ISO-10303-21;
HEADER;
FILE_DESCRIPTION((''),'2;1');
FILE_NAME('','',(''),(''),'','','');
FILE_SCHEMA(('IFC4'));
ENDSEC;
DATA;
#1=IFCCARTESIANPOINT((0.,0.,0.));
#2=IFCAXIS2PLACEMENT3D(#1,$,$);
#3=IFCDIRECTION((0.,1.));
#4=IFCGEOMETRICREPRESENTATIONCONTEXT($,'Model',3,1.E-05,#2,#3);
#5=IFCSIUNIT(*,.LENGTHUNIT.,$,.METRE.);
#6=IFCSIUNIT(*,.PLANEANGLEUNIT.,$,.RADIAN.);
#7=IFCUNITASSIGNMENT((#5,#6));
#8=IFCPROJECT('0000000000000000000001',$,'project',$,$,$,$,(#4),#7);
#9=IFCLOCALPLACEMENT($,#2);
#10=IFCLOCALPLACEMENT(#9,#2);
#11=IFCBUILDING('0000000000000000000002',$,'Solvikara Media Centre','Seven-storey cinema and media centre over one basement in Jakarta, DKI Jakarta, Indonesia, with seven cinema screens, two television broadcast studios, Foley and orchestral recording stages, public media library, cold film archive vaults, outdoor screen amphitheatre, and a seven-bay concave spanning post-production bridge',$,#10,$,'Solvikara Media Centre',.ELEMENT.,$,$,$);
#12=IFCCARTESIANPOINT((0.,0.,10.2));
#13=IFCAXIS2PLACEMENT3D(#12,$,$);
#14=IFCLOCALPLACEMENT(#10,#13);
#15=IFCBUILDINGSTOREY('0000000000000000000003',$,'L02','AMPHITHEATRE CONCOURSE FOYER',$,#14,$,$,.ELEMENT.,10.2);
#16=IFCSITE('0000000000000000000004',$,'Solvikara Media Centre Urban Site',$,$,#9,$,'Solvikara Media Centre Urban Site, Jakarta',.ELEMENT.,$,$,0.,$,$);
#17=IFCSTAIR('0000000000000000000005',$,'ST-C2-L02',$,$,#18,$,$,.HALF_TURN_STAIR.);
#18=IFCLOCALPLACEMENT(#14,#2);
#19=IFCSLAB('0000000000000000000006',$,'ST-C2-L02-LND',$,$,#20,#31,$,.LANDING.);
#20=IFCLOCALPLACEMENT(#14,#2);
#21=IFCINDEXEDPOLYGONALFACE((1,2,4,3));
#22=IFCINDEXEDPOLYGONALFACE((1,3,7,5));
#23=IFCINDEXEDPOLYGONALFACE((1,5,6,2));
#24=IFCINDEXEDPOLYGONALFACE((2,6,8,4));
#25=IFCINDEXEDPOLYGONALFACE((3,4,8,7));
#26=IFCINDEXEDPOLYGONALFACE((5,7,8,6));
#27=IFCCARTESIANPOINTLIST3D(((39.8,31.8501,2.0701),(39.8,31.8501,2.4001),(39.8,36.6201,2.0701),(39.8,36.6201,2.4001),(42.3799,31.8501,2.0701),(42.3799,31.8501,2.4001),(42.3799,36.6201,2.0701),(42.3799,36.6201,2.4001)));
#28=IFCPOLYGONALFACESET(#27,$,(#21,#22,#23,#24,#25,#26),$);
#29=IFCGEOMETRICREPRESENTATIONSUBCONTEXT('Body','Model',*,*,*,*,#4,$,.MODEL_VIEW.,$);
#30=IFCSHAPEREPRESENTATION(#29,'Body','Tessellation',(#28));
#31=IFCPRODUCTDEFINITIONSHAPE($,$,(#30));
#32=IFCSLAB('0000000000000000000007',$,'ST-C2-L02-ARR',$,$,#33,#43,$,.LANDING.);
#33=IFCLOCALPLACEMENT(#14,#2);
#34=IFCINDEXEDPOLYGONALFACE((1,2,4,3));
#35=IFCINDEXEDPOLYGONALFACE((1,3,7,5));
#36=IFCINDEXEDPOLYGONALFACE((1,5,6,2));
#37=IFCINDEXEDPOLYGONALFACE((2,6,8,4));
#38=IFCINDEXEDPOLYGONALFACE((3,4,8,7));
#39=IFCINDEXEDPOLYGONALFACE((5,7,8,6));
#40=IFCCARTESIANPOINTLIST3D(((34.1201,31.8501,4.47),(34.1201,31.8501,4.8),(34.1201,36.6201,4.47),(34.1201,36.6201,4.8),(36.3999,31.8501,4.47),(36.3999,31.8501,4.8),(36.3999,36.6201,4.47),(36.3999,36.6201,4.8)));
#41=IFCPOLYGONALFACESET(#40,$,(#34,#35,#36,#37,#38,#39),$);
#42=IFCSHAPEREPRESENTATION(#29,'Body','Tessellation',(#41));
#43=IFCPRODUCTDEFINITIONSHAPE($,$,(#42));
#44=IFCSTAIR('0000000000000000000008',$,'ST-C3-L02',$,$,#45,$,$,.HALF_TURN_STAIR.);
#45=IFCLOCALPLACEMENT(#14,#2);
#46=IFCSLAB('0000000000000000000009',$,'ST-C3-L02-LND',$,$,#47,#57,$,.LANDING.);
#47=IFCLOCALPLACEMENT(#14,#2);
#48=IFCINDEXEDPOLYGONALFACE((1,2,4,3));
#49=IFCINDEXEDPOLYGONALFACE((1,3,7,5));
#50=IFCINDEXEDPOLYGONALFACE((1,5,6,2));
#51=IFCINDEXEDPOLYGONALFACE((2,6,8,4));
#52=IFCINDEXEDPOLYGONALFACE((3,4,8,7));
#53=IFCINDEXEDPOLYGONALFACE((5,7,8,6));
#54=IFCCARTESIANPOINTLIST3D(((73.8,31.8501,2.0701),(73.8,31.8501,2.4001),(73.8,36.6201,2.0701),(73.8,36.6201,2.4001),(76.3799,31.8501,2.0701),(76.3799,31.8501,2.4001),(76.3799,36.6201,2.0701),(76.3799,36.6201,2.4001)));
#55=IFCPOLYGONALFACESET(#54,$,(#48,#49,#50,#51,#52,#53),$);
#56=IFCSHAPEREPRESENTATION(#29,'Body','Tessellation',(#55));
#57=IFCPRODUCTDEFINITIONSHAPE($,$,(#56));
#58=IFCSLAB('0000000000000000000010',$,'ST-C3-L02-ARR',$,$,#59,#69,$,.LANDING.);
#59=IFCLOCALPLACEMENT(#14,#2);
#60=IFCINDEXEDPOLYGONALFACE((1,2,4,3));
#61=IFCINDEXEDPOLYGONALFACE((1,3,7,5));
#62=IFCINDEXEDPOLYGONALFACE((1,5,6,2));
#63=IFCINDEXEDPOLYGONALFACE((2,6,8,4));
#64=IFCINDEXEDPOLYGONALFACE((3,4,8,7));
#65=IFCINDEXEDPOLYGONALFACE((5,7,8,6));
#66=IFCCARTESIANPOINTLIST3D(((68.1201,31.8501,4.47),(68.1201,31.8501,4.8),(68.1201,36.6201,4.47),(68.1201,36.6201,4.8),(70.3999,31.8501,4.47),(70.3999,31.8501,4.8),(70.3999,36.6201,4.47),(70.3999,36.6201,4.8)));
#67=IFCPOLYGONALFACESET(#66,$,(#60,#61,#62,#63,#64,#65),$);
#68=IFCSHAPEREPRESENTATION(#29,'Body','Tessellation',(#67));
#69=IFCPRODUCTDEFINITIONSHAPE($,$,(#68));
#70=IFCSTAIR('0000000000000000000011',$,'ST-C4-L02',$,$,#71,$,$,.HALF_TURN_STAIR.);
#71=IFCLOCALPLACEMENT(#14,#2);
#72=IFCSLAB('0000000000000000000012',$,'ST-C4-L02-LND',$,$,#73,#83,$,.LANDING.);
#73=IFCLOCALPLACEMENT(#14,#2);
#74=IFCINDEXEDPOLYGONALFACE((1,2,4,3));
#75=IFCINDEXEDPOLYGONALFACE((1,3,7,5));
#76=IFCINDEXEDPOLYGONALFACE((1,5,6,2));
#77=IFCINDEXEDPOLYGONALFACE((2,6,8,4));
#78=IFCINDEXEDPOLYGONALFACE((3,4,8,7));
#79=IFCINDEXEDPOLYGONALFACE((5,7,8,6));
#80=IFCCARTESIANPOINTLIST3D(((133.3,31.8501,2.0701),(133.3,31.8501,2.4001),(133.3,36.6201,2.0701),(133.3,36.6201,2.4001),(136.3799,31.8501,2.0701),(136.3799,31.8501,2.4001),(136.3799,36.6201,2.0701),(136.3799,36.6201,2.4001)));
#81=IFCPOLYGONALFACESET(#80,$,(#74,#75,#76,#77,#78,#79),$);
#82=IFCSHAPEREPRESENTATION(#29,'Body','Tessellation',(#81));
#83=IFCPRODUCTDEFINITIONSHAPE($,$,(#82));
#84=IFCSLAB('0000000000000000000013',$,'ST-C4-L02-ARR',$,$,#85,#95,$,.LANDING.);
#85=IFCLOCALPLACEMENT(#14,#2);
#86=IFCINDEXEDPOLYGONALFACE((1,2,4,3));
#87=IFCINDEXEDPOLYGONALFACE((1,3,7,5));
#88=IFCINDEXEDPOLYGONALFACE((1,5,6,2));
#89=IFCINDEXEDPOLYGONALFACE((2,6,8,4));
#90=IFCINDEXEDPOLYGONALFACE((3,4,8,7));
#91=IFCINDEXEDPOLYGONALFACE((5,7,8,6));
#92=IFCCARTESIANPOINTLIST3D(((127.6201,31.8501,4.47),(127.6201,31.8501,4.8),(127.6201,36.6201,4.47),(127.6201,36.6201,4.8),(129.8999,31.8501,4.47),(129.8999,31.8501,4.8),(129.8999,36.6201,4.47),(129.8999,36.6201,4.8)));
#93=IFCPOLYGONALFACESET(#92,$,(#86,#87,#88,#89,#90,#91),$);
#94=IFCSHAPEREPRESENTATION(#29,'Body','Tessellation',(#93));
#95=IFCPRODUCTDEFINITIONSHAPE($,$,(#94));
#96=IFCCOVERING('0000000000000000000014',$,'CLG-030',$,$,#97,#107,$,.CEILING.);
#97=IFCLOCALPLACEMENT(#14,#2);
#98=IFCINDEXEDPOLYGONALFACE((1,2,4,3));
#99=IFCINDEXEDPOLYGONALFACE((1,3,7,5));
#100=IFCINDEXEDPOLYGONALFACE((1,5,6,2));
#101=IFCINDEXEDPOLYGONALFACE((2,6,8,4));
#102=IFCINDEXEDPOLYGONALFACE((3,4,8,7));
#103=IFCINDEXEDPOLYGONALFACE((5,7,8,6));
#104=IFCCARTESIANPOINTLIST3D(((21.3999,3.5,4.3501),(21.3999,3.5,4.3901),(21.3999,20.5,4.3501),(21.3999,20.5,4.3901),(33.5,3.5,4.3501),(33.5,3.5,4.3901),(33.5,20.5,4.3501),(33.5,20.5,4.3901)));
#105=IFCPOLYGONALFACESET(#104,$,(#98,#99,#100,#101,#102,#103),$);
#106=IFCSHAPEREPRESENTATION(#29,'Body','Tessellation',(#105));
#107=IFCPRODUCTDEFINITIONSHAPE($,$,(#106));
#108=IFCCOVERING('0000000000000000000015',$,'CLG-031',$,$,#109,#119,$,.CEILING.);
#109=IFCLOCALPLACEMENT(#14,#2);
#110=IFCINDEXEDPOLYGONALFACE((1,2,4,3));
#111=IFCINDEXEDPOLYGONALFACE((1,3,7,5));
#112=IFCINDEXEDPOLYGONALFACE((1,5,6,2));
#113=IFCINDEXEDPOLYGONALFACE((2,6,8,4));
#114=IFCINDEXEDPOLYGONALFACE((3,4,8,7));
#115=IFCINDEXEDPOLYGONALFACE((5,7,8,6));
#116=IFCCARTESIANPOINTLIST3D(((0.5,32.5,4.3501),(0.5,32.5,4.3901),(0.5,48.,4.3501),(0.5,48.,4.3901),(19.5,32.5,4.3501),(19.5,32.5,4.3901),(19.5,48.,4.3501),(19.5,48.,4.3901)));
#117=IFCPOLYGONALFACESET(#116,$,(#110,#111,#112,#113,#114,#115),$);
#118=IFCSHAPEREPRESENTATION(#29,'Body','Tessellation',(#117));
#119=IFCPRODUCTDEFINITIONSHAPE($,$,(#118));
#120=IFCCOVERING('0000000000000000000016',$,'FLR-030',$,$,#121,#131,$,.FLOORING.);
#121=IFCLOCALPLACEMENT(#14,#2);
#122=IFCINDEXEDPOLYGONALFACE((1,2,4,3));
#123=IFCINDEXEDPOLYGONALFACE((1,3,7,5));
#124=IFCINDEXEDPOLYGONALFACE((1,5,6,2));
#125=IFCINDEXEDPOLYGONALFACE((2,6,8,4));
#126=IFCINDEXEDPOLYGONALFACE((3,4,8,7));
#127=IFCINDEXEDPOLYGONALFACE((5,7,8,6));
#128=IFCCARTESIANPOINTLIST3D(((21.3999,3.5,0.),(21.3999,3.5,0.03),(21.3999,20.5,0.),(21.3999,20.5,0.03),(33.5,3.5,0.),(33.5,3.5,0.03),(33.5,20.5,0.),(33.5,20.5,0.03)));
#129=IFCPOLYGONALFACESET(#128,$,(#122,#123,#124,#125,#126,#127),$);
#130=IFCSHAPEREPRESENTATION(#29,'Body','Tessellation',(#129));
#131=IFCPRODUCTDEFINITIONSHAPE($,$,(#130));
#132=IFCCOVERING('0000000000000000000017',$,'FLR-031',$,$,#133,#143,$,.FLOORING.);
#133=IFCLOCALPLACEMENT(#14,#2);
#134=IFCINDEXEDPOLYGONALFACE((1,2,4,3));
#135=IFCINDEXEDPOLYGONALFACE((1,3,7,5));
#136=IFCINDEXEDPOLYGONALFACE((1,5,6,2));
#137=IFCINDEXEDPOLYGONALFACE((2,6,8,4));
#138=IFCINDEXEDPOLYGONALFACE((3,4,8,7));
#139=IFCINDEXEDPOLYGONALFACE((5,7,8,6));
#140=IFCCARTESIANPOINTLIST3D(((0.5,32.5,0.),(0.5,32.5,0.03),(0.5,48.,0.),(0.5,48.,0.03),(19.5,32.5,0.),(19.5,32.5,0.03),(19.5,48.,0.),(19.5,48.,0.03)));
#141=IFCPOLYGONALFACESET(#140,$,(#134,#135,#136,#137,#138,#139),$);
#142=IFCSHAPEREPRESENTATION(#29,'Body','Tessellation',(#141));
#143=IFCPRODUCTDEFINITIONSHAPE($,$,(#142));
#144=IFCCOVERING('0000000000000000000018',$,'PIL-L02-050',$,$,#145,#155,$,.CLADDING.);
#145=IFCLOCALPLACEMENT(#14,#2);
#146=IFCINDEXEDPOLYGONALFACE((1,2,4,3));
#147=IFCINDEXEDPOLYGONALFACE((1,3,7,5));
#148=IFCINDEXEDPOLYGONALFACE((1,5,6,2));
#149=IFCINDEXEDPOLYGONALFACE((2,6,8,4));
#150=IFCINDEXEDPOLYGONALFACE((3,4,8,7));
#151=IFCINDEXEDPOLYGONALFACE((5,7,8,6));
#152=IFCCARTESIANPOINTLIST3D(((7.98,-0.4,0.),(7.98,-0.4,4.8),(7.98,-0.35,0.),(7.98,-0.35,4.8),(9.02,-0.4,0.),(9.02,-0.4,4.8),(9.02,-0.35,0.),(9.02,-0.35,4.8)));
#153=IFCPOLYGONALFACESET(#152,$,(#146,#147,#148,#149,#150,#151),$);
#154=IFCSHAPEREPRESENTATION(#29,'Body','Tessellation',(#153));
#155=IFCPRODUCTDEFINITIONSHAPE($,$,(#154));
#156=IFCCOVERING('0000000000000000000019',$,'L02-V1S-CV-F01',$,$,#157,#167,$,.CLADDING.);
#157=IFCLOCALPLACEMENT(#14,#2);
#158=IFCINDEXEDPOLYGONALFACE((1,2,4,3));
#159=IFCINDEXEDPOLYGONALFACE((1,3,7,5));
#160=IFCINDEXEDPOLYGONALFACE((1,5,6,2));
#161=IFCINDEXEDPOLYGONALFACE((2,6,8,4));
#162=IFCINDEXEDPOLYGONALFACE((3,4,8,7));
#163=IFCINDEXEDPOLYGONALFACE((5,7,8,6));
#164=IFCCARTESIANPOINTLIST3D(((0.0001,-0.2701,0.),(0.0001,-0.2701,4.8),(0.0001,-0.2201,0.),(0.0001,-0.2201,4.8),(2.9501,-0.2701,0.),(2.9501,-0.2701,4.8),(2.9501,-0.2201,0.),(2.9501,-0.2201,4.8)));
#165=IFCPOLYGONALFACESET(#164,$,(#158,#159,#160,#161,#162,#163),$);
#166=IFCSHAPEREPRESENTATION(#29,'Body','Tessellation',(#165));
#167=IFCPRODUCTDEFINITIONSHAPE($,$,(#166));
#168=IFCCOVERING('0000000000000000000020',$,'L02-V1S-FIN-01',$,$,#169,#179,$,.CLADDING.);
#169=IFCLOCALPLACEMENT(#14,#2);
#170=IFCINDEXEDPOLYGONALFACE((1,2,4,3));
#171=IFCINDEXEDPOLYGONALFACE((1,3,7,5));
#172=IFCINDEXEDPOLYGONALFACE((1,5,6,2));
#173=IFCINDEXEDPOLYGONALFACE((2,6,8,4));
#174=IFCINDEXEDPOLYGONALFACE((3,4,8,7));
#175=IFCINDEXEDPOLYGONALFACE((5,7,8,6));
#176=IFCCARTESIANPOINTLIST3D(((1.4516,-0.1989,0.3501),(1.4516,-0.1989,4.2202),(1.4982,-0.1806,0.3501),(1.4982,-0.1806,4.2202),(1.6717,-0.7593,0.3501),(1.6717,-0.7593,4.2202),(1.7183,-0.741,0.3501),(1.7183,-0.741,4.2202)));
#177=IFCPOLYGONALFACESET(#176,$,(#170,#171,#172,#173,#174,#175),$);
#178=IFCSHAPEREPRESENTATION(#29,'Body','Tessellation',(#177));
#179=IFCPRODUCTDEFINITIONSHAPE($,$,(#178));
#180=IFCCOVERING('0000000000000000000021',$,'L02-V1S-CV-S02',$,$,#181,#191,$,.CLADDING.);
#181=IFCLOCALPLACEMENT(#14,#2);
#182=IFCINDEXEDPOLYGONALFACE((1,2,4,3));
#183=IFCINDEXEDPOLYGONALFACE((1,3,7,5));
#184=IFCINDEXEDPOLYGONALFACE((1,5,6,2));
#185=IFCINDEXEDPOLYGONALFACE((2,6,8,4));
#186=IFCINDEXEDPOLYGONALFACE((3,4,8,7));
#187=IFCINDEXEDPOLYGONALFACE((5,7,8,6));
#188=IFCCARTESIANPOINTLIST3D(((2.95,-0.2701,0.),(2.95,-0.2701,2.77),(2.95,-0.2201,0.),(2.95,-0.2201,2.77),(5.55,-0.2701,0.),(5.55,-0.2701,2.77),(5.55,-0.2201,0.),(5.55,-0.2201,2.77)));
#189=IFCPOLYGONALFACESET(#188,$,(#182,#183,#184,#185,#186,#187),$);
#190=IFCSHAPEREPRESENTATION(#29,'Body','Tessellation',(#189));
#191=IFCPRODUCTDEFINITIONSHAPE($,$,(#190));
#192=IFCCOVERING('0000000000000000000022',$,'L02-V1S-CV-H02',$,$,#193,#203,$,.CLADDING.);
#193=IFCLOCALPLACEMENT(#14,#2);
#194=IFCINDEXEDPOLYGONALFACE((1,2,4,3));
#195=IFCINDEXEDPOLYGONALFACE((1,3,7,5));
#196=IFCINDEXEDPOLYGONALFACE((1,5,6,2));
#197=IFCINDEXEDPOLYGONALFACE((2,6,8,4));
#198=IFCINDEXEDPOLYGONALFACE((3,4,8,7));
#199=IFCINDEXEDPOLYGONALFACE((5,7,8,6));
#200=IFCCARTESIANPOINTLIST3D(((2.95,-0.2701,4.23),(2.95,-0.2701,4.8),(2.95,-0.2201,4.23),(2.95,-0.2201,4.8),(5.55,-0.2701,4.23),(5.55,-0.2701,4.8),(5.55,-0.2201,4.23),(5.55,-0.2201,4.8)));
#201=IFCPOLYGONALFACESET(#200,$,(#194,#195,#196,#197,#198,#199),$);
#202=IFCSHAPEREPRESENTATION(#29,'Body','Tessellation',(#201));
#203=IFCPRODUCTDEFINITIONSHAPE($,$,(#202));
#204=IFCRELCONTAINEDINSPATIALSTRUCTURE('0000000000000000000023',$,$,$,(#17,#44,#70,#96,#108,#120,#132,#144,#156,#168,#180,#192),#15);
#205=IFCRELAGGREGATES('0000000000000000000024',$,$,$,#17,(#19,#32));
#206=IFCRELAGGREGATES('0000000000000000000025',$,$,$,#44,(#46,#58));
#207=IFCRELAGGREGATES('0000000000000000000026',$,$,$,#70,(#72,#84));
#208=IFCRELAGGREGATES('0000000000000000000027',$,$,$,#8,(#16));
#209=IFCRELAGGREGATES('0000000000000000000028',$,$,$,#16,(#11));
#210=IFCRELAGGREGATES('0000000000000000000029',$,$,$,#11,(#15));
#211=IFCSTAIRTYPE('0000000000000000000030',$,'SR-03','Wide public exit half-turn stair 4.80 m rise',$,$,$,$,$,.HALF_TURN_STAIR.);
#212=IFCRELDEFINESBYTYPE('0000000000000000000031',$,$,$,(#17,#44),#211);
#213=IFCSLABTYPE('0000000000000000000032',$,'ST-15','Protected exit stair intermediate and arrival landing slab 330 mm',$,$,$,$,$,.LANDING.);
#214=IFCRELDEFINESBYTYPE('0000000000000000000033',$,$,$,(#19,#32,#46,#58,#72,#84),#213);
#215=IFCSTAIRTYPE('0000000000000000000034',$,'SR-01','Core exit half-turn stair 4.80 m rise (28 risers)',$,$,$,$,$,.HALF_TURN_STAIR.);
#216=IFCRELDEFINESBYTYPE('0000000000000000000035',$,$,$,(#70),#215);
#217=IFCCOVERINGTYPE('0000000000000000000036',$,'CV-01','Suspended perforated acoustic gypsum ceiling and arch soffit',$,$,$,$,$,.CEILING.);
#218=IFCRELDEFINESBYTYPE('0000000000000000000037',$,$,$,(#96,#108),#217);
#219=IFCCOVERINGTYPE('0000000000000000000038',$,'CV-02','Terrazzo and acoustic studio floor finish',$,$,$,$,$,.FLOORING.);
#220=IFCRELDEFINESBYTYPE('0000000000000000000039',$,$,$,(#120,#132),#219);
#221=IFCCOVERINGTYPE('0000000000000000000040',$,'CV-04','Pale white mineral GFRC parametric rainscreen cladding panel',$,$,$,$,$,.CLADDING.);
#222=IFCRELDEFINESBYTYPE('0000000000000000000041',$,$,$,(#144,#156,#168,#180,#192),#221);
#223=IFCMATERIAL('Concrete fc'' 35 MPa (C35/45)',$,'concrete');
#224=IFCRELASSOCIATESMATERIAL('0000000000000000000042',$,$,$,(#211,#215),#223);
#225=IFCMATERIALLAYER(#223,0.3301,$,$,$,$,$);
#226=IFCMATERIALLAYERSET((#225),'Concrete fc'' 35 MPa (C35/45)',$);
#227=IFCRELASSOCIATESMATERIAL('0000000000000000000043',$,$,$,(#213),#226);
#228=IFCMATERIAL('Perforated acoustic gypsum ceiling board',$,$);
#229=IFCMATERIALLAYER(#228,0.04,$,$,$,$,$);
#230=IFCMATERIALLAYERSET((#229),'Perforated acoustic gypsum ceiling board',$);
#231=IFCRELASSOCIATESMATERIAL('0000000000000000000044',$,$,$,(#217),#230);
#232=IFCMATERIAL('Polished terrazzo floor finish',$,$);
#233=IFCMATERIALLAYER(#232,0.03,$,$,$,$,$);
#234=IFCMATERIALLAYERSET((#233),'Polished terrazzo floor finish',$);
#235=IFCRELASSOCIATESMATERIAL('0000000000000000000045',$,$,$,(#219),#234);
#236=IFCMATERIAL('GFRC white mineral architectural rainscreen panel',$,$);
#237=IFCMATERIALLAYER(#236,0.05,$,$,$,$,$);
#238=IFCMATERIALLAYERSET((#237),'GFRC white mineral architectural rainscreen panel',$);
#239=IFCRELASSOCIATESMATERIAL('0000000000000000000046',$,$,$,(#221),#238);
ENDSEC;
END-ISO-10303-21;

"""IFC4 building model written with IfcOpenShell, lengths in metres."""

from ifc_helpers import new_model, si_unit, direction, frame, origin, origin_2d, place, context, subcontext, project, spatial, polyline, rectangle, outline, extrude, material, layer, layer_set, type_object, element, aggregate, save


model = new_model("IFC4")

# Units and contexts
model_context = context("Model", 3, precision=1e-05, world=origin(), true_north=direction((0.0, 1.0)))
body_context = subcontext(model_context, "Body", "Model", "MODEL_VIEW")
ifc_project = project(units=[si_unit("LENGTHUNIT", "METRE"), si_unit("PLANEANGLEUNIT", "RADIAN")], contexts=[model_context])

# Site, building, storey
site_placement = place(None, origin())
site = spatial("IfcSite", under=ifc_project, at=site_placement, Name="Solvikara Media Centre Urban Site", LongName="Solvikara Media Centre Urban Site, Jakarta", CompositionType="ELEMENT", RefElevation=0.0)
building_placement = place(site_placement, origin())
building = spatial("IfcBuilding", under=site, at=building_placement, Name="Solvikara Media Centre", Description="Seven-storey cinema and media centre over one basement in Jakarta, DKI Jakarta, Indonesia, with seven cinema screens, two television broadcast studios, Foley and orchestral recording stages, public media library, cold film archive vaults, outdoor screen amphitheatre, and a seven-bay concave spanning post-production bridge", LongName="Solvikara Media Centre", CompositionType="ELEMENT")
storey_placement = place(building_placement, frame((0.0, 0.0, 10.2)))
storey = spatial("IfcBuildingStorey", under=building, at=storey_placement, Name="L02", Description="AMPHITHEATRE CONCOURSE FOYER", CompositionType="ELEMENT", Elevation=10.2)

# Stairs, slabs
ifc_material_1 = material(Name="Concrete fc' 35 MPa (C35/45)", Category="concrete")
stair_type_1 = type_object("IfcStairType", Name="SR-03", Description="Wide public exit half-turn stair 4.80 m rise", PredefinedType="HALF_TURN_STAIR", material=ifc_material_1)
stair_1_placement = place(storey_placement, origin())
stair_1 = element("IfcStair", 1, at=stair_1_placement, inside=storey, type_object=stair_type_1, Name="ST-C2-L02", PredefinedType="HALF_TURN_STAIR")
ifc_layer_1 = layer(ifc_material_1, 0.3301)
ifc_layer_set_1 = layer_set([ifc_layer_1], Name="Concrete fc' 35 MPa (C35/45)")
slab_type = type_object("IfcSlabType", Name="ST-15", Description="Protected exit stair intermediate and arrival landing slab 330 mm", PredefinedType="LANDING", material=ifc_layer_set_1)
slab_1_placement = place(storey_placement, frame((0.0, 0.0, 2.0701)))
slab_1 = element("IfcSlab", 2, at=slab_1_placement, type_object=slab_type, Name="ST-C2-L02-LND", PredefinedType="LANDING", context=body_context, shape_type="SweptSolid", body=[
    extrude(outline(polyline([(39.8, 31.8501), (42.3799, 31.8501), (42.3799, 36.6201), (39.8, 36.6201), (39.8, 31.8501)])), origin(), (0.0, 0.0, 1.0), 0.3301),
])
slab_2_placement = place(storey_placement, frame((0.0, 0.0, 4.47)))
slab_2 = element("IfcSlab", 3, at=slab_2_placement, type_object=slab_type, Name="ST-C2-L02-ARR", PredefinedType="LANDING", context=body_context, shape_type="SweptSolid", body=[
    extrude(outline(polyline([(34.1201, 31.8501), (36.3999, 31.8501), (36.3999, 36.6201), (34.1201, 36.6201), (34.1201, 31.8501)])), origin(), (0.0, 0.0, 1.0), 0.3301),
])
aggregate(stair_1, [slab_1, slab_2])
stair_2_placement = place(storey_placement, origin())
stair_2 = element("IfcStair", 4, at=stair_2_placement, inside=storey, type_object=stair_type_1, Name="ST-C3-L02", PredefinedType="HALF_TURN_STAIR")
slab_3_placement = place(storey_placement, frame((0.0, 0.0, 2.0701)))
slab_3 = element("IfcSlab", 5, at=slab_3_placement, type_object=slab_type, Name="ST-C3-L02-LND", PredefinedType="LANDING", context=body_context, shape_type="SweptSolid", body=[
    extrude(outline(polyline([(73.8, 31.8501), (76.3799, 31.8501), (76.3799, 36.6201), (73.8, 36.6201), (73.8, 31.8501)])), origin(), (0.0, 0.0, 1.0), 0.3301),
])
slab_4_placement = place(storey_placement, frame((0.0, 0.0, 4.47)))
slab_4 = element("IfcSlab", 6, at=slab_4_placement, type_object=slab_type, Name="ST-C3-L02-ARR", PredefinedType="LANDING", context=body_context, shape_type="SweptSolid", body=[
    extrude(outline(polyline([(68.1201, 31.8501), (70.3999, 31.8501), (70.3999, 36.6201), (68.1201, 36.6201), (68.1201, 31.8501)])), origin(), (0.0, 0.0, 1.0), 0.3301),
])
aggregate(stair_2, [slab_3, slab_4])
stair_type_2 = type_object("IfcStairType", Name="SR-01", Description="Core exit half-turn stair 4.80 m rise (28 risers)", PredefinedType="HALF_TURN_STAIR", material=ifc_material_1)
stair_3_placement = place(storey_placement, origin())
stair_3 = element("IfcStair", 7, at=stair_3_placement, inside=storey, type_object=stair_type_2, Name="ST-C4-L02", PredefinedType="HALF_TURN_STAIR")
slab_5_placement = place(storey_placement, frame((0.0, 0.0, 2.0701)))
slab_5 = element("IfcSlab", 8, at=slab_5_placement, type_object=slab_type, Name="ST-C4-L02-LND", PredefinedType="LANDING", context=body_context, shape_type="SweptSolid", body=[
    extrude(outline(polyline([(133.3, 31.8501), (136.3799, 31.8501), (136.3799, 36.6201), (133.3, 36.6201), (133.3, 31.8501)])), origin(), (0.0, 0.0, 1.0), 0.3301),
])
slab_6_placement = place(storey_placement, frame((0.0, 0.0, 4.47)))
slab_6 = element("IfcSlab", 9, at=slab_6_placement, type_object=slab_type, Name="ST-C4-L02-ARR", PredefinedType="LANDING", context=body_context, shape_type="SweptSolid", body=[
    extrude(outline(polyline([(127.6201, 31.8501), (129.8999, 31.8501), (129.8999, 36.6201), (127.6201, 36.6201), (127.6201, 31.8501)])), origin(), (0.0, 0.0, 1.0), 0.3301),
])
aggregate(stair_3, [slab_5, slab_6])

# Coverings
ifc_material_2 = material(Name="Perforated acoustic gypsum ceiling board")
ifc_layer_2 = layer(ifc_material_2, 0.04)
ifc_layer_set_2 = layer_set([ifc_layer_2], Name="Perforated acoustic gypsum ceiling board")
covering_type_1 = type_object("IfcCoveringType", Name="CV-01", Description="Suspended perforated acoustic gypsum ceiling and arch soffit", PredefinedType="CEILING", material=ifc_layer_set_2)
covering_1_placement = place(storey_placement, frame((0.0, 0.0, 4.3501)))
element("IfcCovering", 10, at=covering_1_placement, inside=storey, type_object=covering_type_1, Name="CLG-030", PredefinedType="CEILING", context=body_context, shape_type="SweptSolid", body=[
    extrude(outline(polyline([(21.3999, 3.5), (33.5, 3.5), (33.5, 20.5), (21.3999, 20.5), (21.3999, 3.5)])), origin(), (0.0, 0.0, 1.0), 0.04),
])
covering_2_placement = place(storey_placement, frame((0.0, 0.0, 4.3501)))
element("IfcCovering", 11, at=covering_2_placement, inside=storey, type_object=covering_type_1, Name="CLG-031", PredefinedType="CEILING", context=body_context, shape_type="SweptSolid", body=[
    extrude(outline(polyline([(0.5, 32.5), (19.5, 32.5), (19.5, 48.0), (0.5, 48.0), (0.5, 32.5)])), origin(), (0.0, 0.0, 1.0), 0.04),
])
ifc_material_3 = material(Name="Polished terrazzo floor finish")
ifc_layer_3 = layer(ifc_material_3, 0.03)
ifc_layer_set_3 = layer_set([ifc_layer_3], Name="Polished terrazzo floor finish")
covering_type_2 = type_object("IfcCoveringType", Name="CV-02", Description="Terrazzo and acoustic studio floor finish", PredefinedType="FLOORING", material=ifc_layer_set_3)
covering_3_placement = place(storey_placement, origin())
element("IfcCovering", 12, at=covering_3_placement, inside=storey, type_object=covering_type_2, Name="FLR-030", PredefinedType="FLOORING", context=body_context, shape_type="SweptSolid", body=[
    extrude(outline(polyline([(21.3999, 3.5), (33.5, 3.5), (33.5, 20.5), (21.3999, 20.5), (21.3999, 3.5)])), origin(), (0.0, 0.0, 1.0), 0.03),
])
covering_4_placement = place(storey_placement, origin())
element("IfcCovering", 13, at=covering_4_placement, inside=storey, type_object=covering_type_2, Name="FLR-031", PredefinedType="FLOORING", context=body_context, shape_type="SweptSolid", body=[
    extrude(outline(polyline([(0.5, 32.5), (19.5, 32.5), (19.5, 48.0), (0.5, 48.0), (0.5, 32.5)])), origin(), (0.0, 0.0, 1.0), 0.03),
])
ifc_material_4 = material(Name="GFRC white mineral architectural rainscreen panel")
ifc_layer_4 = layer(ifc_material_4, 0.05)
ifc_layer_set_4 = layer_set([ifc_layer_4], Name="GFRC white mineral architectural rainscreen panel")
covering_type_3 = type_object("IfcCoveringType", Name="CV-04", Description="Pale white mineral GFRC parametric rainscreen cladding panel", PredefinedType="CLADDING", material=ifc_layer_set_4)
covering_5_placement = place(storey_placement, frame((8.5, -0.375, 0.0), z_axis=(0.0, 0.0, 1.0), x_axis=(1.0, 0.0, 0.0)))
element("IfcCovering", 14, at=covering_5_placement, inside=storey, type_object=covering_type_3, Name="PIL-L02-050", PredefinedType="CLADDING", context=body_context, shape_type="SweptSolid", body=[
    extrude(rectangle(XDim=1.04, YDim=0.05, at=origin_2d()), origin(), (0.0, 0.0, 1.0), 4.8),
])
covering_6_placement = place(storey_placement, frame((1.4751, -0.2451, 0.0), z_axis=(0.0, 0.0, 1.0), x_axis=(1.0, 0.0, 0.0)))
element("IfcCovering", 15, at=covering_6_placement, inside=storey, type_object=covering_type_3, Name="L02-V1S-CV-F01", PredefinedType="CLADDING", context=body_context, shape_type="SweptSolid", body=[
    extrude(rectangle(XDim=2.95, YDim=0.05, at=origin_2d()), origin(), (0.0, 0.0, 1.0), 4.8),
])
covering_7_placement = place(storey_placement, frame((1.585, -0.47, 0.3501), z_axis=(0.0, 0.0, 1.0), x_axis=(0.365657, -0.93075, 0.0)))
element("IfcCovering", 16, at=covering_7_placement, inside=storey, type_object=covering_type_3, Name="L02-V1S-FIN-01", PredefinedType="CLADDING", context=body_context, shape_type="SweptSolid", body=[
    extrude(rectangle(XDim=0.6021, YDim=0.05, at=origin_2d()), origin(), (0.0, 0.0, 1.0), 3.8701),
])
covering_8_placement = place(storey_placement, frame((4.25, -0.2451, 0.0), z_axis=(0.0, 0.0, 1.0), x_axis=(1.0, 0.0, 0.0)))
element("IfcCovering", 17, at=covering_8_placement, inside=storey, type_object=covering_type_3, Name="L02-V1S-CV-S02", PredefinedType="CLADDING", context=body_context, shape_type="SweptSolid", body=[
    extrude(rectangle(XDim=2.6001, YDim=0.05, at=origin_2d()), origin(), (0.0, 0.0, 1.0), 2.77),
])
covering_9_placement = place(storey_placement, frame((4.25, -0.2451, 4.23), z_axis=(0.0, 0.0, 1.0), x_axis=(1.0, 0.0, 0.0)))
element("IfcCovering", 18, at=covering_9_placement, inside=storey, type_object=covering_type_3, Name="L02-V1S-CV-H02", PredefinedType="CLADDING", context=body_context, shape_type="SweptSolid", body=[
    extrude(rectangle(XDim=2.6001, YDim=0.05, at=origin_2d()), origin(), (0.0, 0.0, 1.0), 0.5701),
])

save(model, "model.ifc")
